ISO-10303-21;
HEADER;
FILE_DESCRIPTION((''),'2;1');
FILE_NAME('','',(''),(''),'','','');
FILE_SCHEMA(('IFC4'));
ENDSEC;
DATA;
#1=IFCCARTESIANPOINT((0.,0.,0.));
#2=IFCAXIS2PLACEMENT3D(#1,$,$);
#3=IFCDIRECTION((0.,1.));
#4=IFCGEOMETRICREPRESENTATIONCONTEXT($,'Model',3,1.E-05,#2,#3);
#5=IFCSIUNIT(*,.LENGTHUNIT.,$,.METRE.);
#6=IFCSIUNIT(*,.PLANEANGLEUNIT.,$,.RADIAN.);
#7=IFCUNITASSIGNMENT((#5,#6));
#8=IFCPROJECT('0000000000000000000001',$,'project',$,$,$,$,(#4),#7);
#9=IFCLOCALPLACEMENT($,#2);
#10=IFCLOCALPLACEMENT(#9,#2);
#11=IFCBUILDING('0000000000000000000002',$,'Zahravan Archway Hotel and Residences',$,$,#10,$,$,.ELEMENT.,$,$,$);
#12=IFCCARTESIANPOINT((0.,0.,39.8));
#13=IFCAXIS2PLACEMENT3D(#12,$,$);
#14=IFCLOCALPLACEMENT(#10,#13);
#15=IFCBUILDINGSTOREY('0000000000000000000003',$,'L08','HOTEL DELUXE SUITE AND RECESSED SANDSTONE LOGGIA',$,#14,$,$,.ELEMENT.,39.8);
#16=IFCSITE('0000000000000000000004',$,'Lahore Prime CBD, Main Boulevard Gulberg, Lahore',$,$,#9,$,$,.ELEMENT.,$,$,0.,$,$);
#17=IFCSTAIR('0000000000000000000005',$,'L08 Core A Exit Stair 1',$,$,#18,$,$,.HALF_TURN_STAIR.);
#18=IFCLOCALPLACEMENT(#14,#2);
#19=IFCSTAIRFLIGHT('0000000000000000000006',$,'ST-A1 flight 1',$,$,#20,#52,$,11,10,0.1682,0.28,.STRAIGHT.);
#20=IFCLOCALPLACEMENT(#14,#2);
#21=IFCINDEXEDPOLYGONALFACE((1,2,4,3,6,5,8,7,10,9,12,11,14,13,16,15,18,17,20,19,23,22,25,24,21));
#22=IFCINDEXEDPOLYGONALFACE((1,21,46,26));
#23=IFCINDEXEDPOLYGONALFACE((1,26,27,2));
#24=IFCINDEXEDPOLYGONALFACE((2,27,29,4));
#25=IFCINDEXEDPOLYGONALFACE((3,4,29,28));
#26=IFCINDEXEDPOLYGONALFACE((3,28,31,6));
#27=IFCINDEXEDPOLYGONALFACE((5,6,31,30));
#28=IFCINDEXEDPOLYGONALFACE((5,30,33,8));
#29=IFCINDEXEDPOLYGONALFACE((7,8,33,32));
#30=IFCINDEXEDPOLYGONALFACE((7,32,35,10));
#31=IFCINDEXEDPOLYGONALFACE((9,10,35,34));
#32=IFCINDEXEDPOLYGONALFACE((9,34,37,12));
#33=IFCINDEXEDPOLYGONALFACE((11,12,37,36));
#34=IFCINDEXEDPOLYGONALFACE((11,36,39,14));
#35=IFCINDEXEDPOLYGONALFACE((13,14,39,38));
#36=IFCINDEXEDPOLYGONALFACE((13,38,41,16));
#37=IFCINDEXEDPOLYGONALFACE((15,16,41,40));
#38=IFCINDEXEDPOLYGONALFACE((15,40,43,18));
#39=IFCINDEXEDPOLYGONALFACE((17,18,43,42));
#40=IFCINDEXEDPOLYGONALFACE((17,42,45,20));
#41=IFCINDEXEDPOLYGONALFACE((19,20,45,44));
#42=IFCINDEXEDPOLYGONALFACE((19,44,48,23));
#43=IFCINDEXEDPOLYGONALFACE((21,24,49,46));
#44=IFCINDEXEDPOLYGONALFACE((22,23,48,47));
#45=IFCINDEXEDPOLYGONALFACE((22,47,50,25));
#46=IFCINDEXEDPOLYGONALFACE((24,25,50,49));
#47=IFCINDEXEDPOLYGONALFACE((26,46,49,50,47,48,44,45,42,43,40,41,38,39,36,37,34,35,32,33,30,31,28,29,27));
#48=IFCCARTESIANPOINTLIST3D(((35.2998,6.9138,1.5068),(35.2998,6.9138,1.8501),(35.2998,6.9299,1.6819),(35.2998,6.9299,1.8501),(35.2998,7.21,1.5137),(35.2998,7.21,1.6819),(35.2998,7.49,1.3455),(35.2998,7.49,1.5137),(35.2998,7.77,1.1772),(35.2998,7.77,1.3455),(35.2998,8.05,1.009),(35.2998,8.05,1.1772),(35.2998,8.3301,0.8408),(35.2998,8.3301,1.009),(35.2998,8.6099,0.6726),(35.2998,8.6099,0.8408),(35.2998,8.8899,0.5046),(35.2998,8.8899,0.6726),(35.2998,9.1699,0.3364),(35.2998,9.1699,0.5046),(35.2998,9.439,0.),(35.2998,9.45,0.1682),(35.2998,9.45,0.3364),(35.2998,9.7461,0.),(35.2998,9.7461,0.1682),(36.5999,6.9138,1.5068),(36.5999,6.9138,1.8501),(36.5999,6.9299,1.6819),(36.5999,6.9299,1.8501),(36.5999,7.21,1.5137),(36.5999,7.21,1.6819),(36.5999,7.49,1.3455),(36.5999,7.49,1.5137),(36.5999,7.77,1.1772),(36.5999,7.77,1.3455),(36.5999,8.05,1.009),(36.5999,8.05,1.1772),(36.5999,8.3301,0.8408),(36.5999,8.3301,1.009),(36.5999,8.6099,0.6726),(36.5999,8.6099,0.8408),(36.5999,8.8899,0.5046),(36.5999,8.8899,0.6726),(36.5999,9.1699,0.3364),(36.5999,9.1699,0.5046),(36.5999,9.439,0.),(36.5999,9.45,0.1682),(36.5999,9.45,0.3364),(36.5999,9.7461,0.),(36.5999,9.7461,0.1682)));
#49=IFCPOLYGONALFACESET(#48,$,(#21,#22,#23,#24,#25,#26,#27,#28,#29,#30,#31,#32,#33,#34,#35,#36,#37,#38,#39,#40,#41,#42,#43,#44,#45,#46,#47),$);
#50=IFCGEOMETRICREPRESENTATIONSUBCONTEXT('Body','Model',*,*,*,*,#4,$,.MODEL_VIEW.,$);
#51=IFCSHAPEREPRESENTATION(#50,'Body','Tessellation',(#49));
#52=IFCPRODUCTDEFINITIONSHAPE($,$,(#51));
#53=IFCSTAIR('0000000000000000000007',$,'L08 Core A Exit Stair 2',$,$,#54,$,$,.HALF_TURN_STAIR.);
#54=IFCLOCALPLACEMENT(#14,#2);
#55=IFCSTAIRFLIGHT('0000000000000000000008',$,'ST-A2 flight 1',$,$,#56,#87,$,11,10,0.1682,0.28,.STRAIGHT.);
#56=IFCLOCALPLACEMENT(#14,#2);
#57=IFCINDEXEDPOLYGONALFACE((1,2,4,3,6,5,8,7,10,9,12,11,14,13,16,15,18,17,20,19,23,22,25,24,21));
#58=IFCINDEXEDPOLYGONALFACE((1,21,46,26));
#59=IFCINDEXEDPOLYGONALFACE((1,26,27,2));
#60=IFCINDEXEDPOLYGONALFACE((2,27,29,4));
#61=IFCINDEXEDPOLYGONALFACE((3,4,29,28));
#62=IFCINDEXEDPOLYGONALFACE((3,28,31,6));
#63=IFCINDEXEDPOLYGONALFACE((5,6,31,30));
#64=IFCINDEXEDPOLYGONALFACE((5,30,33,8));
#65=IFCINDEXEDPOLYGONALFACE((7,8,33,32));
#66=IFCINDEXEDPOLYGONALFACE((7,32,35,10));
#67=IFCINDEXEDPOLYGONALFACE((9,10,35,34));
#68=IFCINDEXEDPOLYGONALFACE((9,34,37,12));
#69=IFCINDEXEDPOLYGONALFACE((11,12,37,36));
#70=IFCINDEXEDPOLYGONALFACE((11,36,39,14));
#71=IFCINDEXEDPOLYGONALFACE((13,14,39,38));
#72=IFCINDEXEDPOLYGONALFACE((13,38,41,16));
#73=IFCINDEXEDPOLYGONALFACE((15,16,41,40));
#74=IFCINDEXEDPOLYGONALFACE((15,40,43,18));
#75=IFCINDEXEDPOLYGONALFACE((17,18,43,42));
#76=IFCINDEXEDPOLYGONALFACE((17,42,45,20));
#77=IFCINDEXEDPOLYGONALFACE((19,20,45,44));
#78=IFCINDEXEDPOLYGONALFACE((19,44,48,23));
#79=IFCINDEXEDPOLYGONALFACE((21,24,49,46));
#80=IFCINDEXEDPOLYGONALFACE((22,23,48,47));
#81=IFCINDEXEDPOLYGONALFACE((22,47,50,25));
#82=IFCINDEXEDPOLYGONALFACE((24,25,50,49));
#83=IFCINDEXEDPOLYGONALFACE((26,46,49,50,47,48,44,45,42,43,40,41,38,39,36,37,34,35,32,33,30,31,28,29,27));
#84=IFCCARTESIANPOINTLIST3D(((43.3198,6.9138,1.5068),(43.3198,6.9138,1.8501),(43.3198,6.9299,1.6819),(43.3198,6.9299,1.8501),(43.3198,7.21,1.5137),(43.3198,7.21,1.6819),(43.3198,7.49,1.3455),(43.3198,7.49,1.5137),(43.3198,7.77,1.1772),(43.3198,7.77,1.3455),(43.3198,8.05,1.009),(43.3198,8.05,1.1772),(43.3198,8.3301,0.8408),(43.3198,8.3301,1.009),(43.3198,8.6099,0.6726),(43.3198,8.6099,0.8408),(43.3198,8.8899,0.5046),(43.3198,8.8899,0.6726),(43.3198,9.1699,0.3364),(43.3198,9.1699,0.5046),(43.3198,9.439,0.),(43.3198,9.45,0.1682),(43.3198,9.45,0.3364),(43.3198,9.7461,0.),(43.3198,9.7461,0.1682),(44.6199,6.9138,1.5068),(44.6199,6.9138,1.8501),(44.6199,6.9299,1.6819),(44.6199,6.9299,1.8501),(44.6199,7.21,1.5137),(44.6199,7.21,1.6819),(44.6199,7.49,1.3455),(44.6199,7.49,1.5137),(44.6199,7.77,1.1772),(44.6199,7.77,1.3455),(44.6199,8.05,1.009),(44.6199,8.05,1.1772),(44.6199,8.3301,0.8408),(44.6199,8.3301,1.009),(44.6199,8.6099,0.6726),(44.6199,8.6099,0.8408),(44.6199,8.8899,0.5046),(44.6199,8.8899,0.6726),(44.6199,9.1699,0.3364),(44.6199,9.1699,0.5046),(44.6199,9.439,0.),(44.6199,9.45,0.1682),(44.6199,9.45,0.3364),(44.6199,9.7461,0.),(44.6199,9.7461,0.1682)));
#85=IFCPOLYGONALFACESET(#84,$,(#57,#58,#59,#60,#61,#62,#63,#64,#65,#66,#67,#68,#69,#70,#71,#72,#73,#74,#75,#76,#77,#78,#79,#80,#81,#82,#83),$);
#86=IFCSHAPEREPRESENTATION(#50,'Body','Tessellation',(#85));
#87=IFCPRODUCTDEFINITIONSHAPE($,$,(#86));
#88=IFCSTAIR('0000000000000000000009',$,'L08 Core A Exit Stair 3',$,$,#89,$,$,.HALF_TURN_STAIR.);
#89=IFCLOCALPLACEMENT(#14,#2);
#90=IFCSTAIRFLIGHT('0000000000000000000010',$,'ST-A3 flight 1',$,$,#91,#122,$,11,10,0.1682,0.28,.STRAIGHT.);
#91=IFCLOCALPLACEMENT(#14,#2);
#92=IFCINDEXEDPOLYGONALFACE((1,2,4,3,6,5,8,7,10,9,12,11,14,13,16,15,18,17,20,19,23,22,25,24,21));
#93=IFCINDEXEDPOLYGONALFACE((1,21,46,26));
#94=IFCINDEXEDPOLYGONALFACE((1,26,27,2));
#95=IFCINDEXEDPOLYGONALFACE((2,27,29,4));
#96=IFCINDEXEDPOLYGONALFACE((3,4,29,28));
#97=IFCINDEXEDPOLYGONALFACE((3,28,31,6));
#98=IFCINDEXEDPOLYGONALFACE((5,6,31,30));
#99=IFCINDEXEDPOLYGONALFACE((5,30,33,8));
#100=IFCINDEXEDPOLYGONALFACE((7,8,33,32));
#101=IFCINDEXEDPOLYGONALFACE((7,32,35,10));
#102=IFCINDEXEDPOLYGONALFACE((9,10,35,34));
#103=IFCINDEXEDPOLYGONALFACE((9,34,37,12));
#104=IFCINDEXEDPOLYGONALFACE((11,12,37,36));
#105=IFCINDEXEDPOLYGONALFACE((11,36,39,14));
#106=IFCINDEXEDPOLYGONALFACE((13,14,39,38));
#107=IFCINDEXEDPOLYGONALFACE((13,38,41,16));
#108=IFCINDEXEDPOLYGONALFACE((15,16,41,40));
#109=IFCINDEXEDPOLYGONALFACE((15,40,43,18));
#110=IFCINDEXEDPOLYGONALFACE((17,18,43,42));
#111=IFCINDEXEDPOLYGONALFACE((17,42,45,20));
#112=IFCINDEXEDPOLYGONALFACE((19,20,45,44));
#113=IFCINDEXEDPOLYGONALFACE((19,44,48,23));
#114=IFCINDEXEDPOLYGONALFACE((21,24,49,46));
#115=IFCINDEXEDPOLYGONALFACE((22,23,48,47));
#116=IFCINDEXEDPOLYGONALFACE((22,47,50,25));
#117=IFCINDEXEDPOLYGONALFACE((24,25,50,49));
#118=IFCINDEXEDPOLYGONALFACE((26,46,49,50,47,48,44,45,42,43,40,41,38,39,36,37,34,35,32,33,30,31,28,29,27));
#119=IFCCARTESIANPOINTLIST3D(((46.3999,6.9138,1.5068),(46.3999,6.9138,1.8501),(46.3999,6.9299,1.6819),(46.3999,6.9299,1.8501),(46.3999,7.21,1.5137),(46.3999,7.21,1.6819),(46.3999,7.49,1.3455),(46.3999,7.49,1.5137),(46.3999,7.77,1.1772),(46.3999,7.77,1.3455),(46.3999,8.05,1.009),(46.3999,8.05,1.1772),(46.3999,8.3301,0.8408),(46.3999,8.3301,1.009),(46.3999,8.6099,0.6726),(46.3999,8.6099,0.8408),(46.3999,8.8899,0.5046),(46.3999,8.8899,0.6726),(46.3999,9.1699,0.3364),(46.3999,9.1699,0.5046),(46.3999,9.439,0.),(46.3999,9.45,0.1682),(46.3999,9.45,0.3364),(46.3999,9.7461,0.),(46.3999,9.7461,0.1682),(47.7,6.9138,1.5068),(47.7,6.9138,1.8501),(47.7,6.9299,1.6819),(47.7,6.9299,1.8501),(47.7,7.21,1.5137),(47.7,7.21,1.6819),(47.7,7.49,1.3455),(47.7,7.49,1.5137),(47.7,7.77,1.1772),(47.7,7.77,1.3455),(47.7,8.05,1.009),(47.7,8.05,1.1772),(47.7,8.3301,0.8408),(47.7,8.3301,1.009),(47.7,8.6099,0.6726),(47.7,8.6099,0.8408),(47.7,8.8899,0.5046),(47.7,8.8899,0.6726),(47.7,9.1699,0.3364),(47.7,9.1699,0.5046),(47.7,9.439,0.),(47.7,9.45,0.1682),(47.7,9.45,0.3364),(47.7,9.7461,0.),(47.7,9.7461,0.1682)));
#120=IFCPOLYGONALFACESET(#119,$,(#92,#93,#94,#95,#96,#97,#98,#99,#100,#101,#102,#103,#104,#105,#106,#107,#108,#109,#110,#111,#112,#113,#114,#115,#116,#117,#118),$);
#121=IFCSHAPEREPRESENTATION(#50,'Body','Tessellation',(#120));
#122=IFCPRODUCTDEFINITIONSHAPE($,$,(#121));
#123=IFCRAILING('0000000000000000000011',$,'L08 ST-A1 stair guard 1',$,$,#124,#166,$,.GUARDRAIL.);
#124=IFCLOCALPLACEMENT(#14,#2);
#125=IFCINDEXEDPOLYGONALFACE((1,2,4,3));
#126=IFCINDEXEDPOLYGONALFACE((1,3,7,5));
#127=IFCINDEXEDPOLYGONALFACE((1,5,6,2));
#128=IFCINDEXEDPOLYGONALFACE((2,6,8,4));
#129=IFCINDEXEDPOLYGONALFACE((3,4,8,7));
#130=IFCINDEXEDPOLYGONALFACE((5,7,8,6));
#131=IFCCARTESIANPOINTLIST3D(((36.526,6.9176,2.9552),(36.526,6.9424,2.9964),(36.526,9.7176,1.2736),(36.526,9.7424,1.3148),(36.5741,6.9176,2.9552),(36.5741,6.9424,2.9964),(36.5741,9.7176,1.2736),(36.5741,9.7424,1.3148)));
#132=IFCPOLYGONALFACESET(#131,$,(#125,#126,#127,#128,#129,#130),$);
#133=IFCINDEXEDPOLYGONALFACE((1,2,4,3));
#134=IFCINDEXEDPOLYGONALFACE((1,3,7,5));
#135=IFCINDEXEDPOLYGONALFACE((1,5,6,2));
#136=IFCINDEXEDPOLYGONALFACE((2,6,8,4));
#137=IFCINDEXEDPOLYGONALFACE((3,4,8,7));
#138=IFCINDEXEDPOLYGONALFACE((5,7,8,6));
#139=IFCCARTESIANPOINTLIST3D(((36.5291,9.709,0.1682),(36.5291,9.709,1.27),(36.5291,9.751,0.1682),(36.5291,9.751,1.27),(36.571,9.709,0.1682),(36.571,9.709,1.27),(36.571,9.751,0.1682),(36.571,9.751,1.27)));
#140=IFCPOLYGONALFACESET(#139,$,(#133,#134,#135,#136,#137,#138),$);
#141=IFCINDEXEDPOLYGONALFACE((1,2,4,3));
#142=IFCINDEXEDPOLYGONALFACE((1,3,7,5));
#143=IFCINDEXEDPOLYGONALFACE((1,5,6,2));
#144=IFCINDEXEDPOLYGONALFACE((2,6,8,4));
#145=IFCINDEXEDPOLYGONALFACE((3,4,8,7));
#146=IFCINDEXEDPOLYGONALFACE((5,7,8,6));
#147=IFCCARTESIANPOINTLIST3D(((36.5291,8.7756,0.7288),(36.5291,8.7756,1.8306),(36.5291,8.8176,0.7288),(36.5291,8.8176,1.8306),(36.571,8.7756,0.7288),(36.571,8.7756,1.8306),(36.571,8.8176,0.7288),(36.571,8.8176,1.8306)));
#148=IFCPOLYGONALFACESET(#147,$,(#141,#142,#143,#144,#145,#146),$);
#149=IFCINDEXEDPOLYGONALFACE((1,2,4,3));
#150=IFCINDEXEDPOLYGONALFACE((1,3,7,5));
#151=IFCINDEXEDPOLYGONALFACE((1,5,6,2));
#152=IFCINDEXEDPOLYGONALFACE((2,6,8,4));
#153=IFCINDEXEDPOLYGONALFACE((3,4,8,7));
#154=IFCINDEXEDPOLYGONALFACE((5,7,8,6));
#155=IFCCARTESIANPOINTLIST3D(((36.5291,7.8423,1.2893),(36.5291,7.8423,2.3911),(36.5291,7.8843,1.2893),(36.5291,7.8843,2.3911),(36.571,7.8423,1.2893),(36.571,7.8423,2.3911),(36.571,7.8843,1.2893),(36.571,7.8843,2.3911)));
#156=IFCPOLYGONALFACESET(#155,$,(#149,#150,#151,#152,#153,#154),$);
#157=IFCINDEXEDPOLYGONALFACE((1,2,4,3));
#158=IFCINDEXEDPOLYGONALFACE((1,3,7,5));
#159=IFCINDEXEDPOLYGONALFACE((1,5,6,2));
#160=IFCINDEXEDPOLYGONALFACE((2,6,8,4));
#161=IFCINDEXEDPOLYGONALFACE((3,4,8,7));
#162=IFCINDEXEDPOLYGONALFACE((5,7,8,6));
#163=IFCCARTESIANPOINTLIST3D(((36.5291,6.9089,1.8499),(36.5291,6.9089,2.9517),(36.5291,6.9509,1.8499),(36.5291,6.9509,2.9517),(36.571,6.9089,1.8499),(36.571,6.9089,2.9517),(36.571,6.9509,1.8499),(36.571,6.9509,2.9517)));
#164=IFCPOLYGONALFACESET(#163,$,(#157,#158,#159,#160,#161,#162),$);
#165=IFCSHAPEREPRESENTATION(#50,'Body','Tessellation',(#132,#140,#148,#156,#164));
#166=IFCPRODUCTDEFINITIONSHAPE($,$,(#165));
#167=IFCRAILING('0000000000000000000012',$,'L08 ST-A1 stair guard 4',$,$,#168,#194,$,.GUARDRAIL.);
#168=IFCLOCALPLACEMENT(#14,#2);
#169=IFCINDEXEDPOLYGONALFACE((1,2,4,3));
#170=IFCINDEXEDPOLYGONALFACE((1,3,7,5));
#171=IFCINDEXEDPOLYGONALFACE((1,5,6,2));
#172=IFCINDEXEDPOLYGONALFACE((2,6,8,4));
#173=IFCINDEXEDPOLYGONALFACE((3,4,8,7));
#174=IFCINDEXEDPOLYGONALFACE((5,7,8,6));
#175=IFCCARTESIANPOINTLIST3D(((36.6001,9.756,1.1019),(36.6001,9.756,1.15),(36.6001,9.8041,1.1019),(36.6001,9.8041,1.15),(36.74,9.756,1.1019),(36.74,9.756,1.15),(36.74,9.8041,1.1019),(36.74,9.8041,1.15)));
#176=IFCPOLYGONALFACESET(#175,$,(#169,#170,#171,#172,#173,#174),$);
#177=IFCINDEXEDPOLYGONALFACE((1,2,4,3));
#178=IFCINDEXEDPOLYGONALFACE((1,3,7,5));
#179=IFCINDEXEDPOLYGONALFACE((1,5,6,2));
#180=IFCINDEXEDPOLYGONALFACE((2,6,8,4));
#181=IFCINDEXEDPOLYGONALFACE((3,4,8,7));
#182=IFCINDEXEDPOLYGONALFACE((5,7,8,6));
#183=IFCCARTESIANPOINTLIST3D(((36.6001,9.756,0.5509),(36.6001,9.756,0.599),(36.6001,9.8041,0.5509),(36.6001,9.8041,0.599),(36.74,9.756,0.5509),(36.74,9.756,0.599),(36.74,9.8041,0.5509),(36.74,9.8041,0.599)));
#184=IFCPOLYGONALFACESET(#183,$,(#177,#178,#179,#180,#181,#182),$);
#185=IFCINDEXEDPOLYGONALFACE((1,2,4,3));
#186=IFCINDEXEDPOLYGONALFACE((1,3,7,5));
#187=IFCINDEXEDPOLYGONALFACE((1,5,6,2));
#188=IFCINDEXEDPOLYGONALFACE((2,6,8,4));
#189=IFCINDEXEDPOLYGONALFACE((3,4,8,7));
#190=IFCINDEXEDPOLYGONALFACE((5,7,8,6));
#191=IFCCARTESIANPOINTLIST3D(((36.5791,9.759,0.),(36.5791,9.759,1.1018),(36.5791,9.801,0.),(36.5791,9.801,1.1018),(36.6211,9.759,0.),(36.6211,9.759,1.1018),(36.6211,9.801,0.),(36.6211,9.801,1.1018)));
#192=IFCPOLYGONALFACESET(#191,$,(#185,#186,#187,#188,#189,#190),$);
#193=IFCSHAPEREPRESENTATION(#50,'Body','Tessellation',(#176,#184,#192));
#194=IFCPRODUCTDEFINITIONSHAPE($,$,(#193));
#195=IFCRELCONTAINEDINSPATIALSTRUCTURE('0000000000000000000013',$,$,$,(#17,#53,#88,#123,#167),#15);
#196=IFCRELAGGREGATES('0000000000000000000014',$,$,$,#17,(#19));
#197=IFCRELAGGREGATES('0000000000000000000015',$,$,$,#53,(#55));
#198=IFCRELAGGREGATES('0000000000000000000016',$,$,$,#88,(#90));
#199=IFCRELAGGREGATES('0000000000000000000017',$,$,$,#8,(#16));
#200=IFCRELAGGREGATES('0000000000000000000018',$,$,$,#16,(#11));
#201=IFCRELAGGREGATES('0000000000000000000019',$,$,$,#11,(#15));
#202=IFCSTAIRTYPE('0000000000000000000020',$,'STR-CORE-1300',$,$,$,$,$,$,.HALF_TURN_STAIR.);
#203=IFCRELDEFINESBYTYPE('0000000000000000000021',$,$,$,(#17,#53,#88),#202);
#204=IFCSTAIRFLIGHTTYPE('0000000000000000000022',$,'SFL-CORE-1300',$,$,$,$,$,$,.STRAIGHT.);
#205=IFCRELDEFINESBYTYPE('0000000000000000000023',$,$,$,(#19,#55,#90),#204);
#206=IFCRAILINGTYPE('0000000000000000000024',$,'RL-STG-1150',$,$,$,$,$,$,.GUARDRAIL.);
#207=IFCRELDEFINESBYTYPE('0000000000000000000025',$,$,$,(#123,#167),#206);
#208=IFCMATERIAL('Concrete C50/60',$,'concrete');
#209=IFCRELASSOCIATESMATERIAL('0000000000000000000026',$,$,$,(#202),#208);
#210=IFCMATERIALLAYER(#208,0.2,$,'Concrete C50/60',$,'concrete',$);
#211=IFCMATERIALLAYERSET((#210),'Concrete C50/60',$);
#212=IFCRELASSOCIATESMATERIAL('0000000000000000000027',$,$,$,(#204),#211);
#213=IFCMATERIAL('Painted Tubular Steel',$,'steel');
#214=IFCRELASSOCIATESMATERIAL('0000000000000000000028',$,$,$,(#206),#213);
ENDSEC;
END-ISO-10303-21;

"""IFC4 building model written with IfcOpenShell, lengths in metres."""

from ifc_helpers import new_model, si_unit, direction, frame, origin, origin_2d, place, context, subcontext, project, spatial, polyline, rectangle, outline, extrude, source, transform, mapped, material, layer, layer_set, type_object, element, aggregate, save


model = new_model("IFC4")

# Units and contexts
model_context = context("Model", 3, precision=1e-05, world=origin(), true_north=direction((0.0, 1.0)))
body_context = subcontext(model_context, "Body", "Model", "MODEL_VIEW")
ifc_project = project(units=[si_unit("LENGTHUNIT", "METRE"), si_unit("PLANEANGLEUNIT", "RADIAN")], contexts=[model_context])

# Site, building, storey
site_placement = place(None, origin())
site = spatial("IfcSite", under=ifc_project, at=site_placement, Name="Lahore Prime CBD, Main Boulevard Gulberg, Lahore", CompositionType="ELEMENT", RefElevation=0.0)
building_placement = place(site_placement, origin())
building = spatial("IfcBuilding", under=site, at=building_placement, Name="Zahravan Archway Hotel and Residences", CompositionType="ELEMENT")
storey_placement = place(building_placement, frame((0.0, 0.0, 39.8)))
storey = spatial("IfcBuildingStorey", under=building, at=storey_placement, Name="L08", Description="HOTEL DELUXE SUITE AND RECESSED SANDSTONE LOGGIA", CompositionType="ELEMENT", Elevation=39.8)

# Shared definitions
ifc_material_1 = material(Name="Concrete C50/60", Category="concrete")

# Stairs, stair flights
stair_type = type_object("IfcStairType", Name="STR-CORE-1300", PredefinedType="HALF_TURN_STAIR", material=ifc_material_1)
stair_1_placement = place(storey_placement, origin())
stair_1 = element("IfcStair", 1, at=stair_1_placement, inside=storey, type_object=stair_type, Name="L08 Core A Exit Stair 1", PredefinedType="HALF_TURN_STAIR")
ifc_layer_1 = layer(ifc_material_1, 0.2, Name="Concrete C50/60", Category="concrete")
ifc_layer_set_1 = layer_set([ifc_layer_1], Name="Concrete C50/60")
stair_flight_type = type_object("IfcStairFlightType", Name="SFL-CORE-1300", PredefinedType="STRAIGHT", material=ifc_layer_set_1)
shared_shape_1 = source(origin(), body_context, "Body", "SweptSolid", [
    extrude(outline(polyline([(-0.0161, 0.0), (-0.0161, 0.1682), (0.28, 0.1682), (0.28, 0.3364), (0.5601, 0.3364), (0.5601, 0.5046), (0.8401, 0.5046), (0.8401, 0.6726), (1.1201, 0.6726), (1.1201, 0.8408), (1.3999, 0.8408), (1.3999, 1.009), (1.6799, 1.009), (1.6799, 1.1772), (1.96, 1.1772), (1.96, 1.3455), (2.24, 1.3455), (2.24, 1.5137), (2.52, 1.5137), (2.52, 1.6819), (2.8, 1.6819), (2.8, 1.8501), (2.8162, 1.8501), (2.8162, 1.5068), (0.291, 0.0), (-0.0161, 0.0)])), frame((0.0, 0.6499, 0.0), z_axis=(0.0, -1.0, 0.0), x_axis=(1.0, 0.0, 0.0)), (0.0, 0.0, 1.0), 1.3),
])
stair_flight_1_placement = place(storey_placement, frame((35.95, 9.73, 0.0), z_axis=(0.0, 0.0, 1.0), x_axis=(0.0, -1.0, 0.0)))
stair_flight_1 = element("IfcStairFlight", 2, at=stair_flight_1_placement, type_object=stair_flight_type, Name="ST-A1 flight 1", NumberOfRisers=11, NumberOfTreads=10, PredefinedType="STRAIGHT", RiserHeight=0.1682, TreadLength=0.28, context=body_context, shape_type="MappedRepresentation", body=[
    mapped(shared_shape_1, transform((0.0, 0.0, 0.0), scale=1.0)),
])
aggregate(stair_1, [stair_flight_1])
stair_2_placement = place(storey_placement, origin())
stair_2 = element("IfcStair", 3, at=stair_2_placement, inside=storey, type_object=stair_type, Name="L08 Core A Exit Stair 2", PredefinedType="HALF_TURN_STAIR")
stair_flight_2_placement = place(storey_placement, frame((43.97, 9.73, 0.0), z_axis=(0.0, 0.0, 1.0), x_axis=(0.0, -1.0, 0.0)))
stair_flight_2 = element("IfcStairFlight", 4, at=stair_flight_2_placement, type_object=stair_flight_type, Name="ST-A2 flight 1", NumberOfRisers=11, NumberOfTreads=10, PredefinedType="STRAIGHT", RiserHeight=0.1682, TreadLength=0.28, context=body_context, shape_type="MappedRepresentation", body=[
    mapped(shared_shape_1, transform((0.0, 0.0, 0.0), scale=1.0)),
])
aggregate(stair_2, [stair_flight_2])
stair_3_placement = place(storey_placement, origin())
stair_3 = element("IfcStair", 5, at=stair_3_placement, inside=storey, type_object=stair_type, Name="L08 Core A Exit Stair 3", PredefinedType="HALF_TURN_STAIR")
stair_flight_3_placement = place(storey_placement, frame((47.05, 9.73, 0.0), z_axis=(0.0, 0.0, 1.0), x_axis=(0.0, -1.0, 0.0)))
stair_flight_3 = element("IfcStairFlight", 6, at=stair_flight_3_placement, type_object=stair_flight_type, Name="ST-A3 flight 1", NumberOfRisers=11, NumberOfTreads=10, PredefinedType="STRAIGHT", RiserHeight=0.1682, TreadLength=0.28, context=body_context, shape_type="MappedRepresentation", body=[
    mapped(shared_shape_1, transform((0.0, 0.0, 0.0), scale=1.0)),
])
aggregate(stair_3, [stair_flight_3])

# Railings
ifc_material_2 = material(Name="Painted Tubular Steel", Category="steel")
railing_type_1 = type_object("IfcRailingType", Name="RL-STG-1150", PredefinedType="GUARDRAIL", material=ifc_material_2)
railing_1_placement = place(storey_placement, frame((36.55, 9.73, 0.1682)))
element("IfcRailing", 7, at=railing_1_placement, inside=storey, type_object=railing_type_1, Name="L08 ST-A1 stair guard 1", PredefinedType="GUARDRAIL", context=body_context, shape_type="SweptSolid", body=[
    extrude(rectangle(XDim=0.0481, YDim=0.0481, at=origin_2d()), frame((0.0, 0.0, 1.126), z_axis=(0.0, -0.857275, 0.514858), x_axis=(1.0, 0.0, 0.0)), (0.0, 0.0, 1.0), 3.2661),
    extrude(rectangle(XDim=0.042, YDim=0.042, at=origin_2d()), origin(), (0.0, 0.0, 1.0), 1.1018),
    extrude(rectangle(XDim=0.042, YDim=0.042, at=origin_2d()), frame((0.0, -0.9333, 0.5605)), (0.0, 0.0, 1.0), 1.1018),
    extrude(rectangle(XDim=0.042, YDim=0.042, at=origin_2d()), frame((0.0, -1.8667, 1.1211)), (0.0, 0.0, 1.0), 1.1018),
    extrude(rectangle(XDim=0.042, YDim=0.042, at=origin_2d()), frame((0.0, -2.8, 1.6816)), (0.0, 0.0, 1.0), 1.1018),
])
railing_2_placement = place(storey_placement, frame((36.6001, 9.78, 0.0)))
element("IfcRailing", 8, at=railing_2_placement, inside=storey, type_object=railing_type_1, Name="L08 ST-A1 stair guard 4", PredefinedType="GUARDRAIL", context=body_context, shape_type="SweptSolid", body=[
    extrude(rectangle(XDim=0.0481, YDim=0.0481, at=origin_2d()), frame((0.0, 0.0, 1.126), z_axis=(1.0, 0.0, 0.0), x_axis=(0.0, 1.0, 0.0)), (0.0, 0.0, 1.0), 0.1399),
    extrude(rectangle(XDim=0.0481, YDim=0.0481, at=origin_2d()), frame((0.0, 0.0, 0.575), z_axis=(1.0, 0.0, 0.0), x_axis=(0.0, 1.0, 0.0)), (0.0, 0.0, 1.0), 0.1399),
    extrude(rectangle(XDim=0.042, YDim=0.042, at=origin_2d()), origin(), (0.0, 0.0, 1.0), 1.1018),
])

save(model, "model.ifc")
